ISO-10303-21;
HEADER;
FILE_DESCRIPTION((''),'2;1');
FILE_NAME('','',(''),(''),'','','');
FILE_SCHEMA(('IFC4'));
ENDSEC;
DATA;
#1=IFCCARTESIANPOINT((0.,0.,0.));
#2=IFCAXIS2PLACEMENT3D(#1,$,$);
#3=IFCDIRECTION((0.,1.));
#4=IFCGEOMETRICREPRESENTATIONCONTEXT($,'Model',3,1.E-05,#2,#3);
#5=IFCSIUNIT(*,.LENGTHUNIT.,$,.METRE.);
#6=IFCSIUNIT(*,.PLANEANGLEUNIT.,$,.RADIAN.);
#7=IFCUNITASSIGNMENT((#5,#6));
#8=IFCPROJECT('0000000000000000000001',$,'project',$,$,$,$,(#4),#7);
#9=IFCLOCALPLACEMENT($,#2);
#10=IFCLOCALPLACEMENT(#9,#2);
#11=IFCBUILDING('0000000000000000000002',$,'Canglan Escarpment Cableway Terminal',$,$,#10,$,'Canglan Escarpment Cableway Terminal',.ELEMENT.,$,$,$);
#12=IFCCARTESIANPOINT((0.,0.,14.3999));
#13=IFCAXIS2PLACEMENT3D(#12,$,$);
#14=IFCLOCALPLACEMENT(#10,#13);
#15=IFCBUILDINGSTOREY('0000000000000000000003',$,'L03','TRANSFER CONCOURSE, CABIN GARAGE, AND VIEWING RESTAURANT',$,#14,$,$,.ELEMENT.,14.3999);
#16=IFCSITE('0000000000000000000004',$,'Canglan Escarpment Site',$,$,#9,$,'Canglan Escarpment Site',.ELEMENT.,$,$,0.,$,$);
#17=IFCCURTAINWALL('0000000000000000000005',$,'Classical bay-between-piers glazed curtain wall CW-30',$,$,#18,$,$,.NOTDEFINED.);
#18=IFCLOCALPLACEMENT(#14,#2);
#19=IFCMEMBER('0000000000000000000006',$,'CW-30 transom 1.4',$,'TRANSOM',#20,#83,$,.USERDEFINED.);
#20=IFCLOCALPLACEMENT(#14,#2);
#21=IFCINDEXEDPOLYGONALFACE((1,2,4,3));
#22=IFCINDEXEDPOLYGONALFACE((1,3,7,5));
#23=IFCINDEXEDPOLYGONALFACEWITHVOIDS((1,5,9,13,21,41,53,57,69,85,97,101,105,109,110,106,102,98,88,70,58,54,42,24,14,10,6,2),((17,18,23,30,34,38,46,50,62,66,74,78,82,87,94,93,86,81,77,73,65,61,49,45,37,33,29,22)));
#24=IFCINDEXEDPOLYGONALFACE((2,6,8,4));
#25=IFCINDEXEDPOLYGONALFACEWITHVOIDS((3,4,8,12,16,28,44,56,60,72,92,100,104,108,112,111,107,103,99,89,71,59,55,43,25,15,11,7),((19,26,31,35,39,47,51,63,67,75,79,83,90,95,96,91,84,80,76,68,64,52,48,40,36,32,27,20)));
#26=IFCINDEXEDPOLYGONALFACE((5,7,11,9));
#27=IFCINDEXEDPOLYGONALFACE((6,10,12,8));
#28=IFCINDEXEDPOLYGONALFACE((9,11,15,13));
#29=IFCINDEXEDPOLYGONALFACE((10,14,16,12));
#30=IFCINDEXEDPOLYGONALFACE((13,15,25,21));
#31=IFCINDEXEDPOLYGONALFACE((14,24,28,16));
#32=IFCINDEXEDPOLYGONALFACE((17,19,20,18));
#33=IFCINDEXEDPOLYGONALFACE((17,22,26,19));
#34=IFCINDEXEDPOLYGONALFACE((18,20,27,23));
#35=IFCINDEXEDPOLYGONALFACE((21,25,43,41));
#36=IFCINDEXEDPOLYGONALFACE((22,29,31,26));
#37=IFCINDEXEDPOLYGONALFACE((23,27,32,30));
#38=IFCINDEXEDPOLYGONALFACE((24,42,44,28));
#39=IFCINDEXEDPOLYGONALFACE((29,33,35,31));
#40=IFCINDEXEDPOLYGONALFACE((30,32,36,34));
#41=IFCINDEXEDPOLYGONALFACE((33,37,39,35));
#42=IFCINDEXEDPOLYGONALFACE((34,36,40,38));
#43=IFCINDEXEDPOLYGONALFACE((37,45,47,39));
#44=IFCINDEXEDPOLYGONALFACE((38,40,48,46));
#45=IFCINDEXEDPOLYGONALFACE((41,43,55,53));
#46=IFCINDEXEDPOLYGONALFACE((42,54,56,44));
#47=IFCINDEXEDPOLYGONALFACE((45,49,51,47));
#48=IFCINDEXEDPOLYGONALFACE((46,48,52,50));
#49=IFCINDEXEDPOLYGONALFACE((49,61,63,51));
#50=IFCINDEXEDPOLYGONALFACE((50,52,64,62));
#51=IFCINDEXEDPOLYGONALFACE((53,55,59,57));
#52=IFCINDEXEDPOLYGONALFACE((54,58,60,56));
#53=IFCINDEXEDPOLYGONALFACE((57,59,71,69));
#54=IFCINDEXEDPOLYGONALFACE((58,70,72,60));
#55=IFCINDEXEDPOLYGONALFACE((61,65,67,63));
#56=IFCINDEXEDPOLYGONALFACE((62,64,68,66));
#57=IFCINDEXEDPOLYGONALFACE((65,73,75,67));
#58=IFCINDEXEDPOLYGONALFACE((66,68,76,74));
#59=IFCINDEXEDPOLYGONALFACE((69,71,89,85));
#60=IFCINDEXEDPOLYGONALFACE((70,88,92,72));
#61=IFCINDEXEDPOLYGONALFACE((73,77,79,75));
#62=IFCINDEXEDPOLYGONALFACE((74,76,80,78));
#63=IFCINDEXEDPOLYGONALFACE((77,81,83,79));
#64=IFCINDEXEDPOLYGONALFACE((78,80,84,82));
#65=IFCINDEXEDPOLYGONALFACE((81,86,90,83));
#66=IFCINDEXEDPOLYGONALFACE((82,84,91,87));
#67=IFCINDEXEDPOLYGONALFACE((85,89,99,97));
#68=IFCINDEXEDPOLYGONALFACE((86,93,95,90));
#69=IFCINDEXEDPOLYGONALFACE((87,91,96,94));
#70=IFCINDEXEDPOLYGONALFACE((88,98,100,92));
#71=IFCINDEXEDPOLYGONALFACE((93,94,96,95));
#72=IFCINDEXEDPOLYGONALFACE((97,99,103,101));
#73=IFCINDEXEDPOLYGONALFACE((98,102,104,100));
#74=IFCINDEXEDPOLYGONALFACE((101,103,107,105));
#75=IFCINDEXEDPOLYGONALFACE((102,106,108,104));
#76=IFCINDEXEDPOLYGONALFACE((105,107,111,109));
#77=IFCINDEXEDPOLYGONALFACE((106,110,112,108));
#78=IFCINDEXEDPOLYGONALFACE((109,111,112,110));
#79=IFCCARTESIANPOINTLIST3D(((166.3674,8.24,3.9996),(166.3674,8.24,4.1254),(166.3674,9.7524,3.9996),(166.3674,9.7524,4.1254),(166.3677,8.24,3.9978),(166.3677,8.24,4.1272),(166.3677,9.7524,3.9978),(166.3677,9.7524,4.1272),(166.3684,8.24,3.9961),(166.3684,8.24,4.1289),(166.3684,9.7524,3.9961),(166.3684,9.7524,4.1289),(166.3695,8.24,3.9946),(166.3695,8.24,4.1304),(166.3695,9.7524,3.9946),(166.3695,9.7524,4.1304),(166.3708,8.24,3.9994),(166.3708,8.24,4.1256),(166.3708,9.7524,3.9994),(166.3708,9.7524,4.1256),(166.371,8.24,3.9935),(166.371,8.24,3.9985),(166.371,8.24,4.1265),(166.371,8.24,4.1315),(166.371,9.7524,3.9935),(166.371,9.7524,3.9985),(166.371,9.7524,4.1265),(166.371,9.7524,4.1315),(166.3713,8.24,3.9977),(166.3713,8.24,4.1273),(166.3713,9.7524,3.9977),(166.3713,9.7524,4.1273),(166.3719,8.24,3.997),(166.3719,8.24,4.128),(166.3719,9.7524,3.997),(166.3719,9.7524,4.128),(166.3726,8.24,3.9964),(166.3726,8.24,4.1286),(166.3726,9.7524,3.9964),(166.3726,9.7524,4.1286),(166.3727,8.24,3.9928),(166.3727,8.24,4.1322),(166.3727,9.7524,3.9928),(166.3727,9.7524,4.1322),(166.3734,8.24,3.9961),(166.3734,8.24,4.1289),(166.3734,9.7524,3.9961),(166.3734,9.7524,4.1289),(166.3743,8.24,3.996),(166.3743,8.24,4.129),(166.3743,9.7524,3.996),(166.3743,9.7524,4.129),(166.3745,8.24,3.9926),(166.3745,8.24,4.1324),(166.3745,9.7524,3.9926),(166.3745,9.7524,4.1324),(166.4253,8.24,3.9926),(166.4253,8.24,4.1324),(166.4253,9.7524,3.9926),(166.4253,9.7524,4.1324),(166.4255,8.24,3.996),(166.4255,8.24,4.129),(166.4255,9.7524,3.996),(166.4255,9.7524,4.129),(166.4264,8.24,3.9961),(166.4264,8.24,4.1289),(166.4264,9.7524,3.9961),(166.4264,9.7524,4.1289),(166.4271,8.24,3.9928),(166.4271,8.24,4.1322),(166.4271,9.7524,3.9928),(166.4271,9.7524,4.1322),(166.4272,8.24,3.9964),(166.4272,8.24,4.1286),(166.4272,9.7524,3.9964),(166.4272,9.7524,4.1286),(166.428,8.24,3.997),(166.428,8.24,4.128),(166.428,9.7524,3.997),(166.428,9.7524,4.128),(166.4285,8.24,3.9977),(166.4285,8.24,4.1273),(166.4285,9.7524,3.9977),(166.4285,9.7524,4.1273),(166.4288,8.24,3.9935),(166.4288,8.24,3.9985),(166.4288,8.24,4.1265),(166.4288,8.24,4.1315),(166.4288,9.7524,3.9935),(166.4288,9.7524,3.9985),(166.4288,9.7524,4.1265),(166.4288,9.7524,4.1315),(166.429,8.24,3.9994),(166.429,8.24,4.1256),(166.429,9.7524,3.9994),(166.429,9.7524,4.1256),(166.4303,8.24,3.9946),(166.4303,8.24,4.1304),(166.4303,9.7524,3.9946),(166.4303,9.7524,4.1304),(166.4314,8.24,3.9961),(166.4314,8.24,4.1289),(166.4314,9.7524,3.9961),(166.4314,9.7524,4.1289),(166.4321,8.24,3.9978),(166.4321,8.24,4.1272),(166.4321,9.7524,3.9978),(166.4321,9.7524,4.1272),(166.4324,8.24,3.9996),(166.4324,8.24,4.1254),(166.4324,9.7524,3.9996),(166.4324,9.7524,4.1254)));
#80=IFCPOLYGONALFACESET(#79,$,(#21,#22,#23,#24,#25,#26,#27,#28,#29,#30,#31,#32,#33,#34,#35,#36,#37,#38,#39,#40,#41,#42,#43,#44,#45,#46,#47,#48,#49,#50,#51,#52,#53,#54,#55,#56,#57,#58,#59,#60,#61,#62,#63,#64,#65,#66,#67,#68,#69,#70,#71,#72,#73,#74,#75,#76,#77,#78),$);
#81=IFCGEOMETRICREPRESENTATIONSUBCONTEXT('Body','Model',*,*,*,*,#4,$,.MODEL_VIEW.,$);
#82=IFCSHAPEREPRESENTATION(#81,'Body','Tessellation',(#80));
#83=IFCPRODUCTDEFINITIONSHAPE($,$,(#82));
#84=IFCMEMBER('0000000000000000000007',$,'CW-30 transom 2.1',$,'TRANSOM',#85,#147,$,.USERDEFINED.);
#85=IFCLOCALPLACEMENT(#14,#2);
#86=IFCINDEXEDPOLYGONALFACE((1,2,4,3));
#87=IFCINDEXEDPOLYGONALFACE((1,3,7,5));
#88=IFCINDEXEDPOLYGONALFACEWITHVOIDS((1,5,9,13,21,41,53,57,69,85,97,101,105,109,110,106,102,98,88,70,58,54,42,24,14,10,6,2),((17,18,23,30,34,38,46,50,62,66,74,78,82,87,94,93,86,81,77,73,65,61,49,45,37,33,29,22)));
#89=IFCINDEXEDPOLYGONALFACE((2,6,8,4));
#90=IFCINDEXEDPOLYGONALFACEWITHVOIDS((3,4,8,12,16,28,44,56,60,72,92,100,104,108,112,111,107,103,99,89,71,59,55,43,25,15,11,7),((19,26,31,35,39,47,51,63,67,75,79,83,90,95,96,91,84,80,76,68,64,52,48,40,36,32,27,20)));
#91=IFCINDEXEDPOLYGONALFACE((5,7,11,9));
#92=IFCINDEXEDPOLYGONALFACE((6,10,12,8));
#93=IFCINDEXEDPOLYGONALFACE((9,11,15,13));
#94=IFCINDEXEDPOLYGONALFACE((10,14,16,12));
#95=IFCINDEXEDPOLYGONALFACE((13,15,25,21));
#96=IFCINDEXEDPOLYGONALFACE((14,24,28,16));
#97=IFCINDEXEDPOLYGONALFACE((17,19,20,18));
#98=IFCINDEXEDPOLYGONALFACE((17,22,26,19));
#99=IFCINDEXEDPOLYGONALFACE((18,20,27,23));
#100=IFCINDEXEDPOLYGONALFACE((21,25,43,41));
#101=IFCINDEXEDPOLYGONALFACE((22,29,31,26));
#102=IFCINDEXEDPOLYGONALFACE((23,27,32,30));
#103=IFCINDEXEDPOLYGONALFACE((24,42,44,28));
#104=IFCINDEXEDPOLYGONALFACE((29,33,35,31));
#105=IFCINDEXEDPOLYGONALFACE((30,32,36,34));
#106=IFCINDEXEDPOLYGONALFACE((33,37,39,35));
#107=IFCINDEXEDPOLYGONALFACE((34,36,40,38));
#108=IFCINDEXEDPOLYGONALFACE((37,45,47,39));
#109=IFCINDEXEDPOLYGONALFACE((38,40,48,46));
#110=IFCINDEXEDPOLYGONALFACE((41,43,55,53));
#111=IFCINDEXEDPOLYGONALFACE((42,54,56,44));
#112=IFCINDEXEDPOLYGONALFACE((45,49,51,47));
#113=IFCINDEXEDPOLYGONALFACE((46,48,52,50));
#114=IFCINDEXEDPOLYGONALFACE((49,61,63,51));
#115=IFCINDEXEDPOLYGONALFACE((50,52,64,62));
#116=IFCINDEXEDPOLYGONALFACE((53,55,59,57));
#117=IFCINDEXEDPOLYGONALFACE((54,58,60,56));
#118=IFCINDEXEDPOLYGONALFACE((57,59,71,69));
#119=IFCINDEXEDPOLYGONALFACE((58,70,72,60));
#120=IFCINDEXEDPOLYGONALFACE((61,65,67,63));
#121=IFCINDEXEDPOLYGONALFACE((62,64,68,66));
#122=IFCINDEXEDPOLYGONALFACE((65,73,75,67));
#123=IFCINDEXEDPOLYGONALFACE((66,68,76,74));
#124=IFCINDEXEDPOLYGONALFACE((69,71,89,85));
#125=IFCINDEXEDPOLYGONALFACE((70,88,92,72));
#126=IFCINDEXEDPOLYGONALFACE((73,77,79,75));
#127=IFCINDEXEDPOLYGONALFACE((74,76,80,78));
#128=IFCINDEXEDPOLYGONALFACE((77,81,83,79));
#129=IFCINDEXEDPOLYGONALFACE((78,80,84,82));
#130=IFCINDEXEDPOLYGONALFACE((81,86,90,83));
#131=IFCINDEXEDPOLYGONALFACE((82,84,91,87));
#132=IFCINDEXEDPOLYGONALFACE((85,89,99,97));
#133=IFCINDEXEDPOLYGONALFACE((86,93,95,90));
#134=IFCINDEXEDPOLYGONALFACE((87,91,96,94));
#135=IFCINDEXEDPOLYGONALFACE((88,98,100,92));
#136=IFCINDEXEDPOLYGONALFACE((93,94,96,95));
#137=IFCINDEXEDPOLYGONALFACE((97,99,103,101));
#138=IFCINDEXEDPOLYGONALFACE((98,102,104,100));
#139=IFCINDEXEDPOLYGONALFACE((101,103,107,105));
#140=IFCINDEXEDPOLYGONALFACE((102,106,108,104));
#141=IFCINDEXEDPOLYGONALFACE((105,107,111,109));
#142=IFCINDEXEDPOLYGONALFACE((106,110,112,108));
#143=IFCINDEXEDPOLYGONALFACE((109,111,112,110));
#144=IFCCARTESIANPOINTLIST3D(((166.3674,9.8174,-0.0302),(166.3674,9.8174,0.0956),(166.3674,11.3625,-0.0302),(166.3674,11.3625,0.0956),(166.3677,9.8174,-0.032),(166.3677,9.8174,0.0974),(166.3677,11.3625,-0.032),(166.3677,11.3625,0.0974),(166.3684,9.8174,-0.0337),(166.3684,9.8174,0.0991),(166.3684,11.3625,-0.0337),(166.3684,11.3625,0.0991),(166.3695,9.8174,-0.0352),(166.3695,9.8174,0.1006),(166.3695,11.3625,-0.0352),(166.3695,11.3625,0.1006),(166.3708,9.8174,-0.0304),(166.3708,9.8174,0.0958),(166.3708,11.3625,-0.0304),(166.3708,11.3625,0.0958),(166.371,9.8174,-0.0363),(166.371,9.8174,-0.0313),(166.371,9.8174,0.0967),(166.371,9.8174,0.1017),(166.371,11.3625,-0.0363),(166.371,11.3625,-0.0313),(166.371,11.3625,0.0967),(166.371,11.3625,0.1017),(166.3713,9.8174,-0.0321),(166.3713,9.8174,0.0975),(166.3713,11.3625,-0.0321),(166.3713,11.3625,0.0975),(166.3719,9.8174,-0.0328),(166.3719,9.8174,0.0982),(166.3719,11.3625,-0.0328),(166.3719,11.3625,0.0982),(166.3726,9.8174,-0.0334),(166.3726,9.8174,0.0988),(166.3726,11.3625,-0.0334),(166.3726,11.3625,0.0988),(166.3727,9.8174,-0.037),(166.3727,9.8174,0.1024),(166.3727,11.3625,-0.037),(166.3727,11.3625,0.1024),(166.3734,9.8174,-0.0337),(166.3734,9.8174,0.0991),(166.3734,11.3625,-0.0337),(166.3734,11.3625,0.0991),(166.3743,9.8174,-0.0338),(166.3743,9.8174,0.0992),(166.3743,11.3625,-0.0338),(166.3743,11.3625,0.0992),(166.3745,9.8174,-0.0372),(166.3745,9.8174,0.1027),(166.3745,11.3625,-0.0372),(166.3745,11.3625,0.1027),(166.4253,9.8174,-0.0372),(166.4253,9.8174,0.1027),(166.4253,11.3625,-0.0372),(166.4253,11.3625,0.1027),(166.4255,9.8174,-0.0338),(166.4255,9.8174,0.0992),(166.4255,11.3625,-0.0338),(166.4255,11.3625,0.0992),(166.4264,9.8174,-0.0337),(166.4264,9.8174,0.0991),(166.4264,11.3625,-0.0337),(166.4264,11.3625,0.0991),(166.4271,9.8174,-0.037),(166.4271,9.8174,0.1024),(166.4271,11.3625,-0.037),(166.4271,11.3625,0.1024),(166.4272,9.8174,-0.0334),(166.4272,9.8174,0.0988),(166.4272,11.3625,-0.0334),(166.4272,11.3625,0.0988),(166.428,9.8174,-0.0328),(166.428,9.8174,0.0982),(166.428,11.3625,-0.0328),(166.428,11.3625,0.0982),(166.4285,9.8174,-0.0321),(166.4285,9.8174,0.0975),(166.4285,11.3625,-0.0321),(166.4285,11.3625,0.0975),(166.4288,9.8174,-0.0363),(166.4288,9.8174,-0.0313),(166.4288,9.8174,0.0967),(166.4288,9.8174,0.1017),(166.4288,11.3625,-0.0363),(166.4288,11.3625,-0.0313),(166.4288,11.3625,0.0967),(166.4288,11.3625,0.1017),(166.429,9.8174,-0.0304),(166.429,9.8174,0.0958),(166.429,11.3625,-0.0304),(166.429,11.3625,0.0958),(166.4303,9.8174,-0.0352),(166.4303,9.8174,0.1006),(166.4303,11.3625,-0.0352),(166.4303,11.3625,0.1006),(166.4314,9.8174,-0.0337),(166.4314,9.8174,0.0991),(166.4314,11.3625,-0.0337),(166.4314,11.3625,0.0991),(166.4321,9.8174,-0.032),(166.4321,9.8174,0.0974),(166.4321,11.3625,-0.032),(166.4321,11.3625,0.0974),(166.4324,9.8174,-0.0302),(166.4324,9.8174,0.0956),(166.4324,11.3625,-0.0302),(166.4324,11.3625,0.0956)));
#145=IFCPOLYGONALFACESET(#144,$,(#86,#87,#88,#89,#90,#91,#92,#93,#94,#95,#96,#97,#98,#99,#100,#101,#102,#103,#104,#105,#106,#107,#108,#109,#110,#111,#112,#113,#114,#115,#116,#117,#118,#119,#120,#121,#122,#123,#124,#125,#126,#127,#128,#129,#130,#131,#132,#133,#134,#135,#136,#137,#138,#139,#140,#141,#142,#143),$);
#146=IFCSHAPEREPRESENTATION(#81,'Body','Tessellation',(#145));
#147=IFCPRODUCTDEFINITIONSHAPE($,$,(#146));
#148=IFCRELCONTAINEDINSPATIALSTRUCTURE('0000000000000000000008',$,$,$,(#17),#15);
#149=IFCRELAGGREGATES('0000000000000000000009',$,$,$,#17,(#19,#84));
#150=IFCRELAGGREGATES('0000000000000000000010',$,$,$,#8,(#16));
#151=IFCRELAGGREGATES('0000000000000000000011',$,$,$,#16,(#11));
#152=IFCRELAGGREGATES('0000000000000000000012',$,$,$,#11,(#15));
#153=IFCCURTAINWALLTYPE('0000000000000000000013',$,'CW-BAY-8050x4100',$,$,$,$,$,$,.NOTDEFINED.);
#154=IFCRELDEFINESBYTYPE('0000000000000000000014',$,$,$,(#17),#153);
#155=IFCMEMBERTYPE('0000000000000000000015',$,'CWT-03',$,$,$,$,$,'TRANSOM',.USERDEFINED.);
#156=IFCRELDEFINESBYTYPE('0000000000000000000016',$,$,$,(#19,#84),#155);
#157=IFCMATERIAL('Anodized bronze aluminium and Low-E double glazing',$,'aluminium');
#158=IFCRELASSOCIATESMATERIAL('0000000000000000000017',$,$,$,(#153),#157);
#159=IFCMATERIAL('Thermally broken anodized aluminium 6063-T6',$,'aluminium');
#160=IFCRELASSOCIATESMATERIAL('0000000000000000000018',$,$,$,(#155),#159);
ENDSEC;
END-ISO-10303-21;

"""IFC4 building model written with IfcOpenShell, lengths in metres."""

from ifc_helpers import new_model, si_unit, direction, frame, origin, origin_2d, place, context, subcontext, project, spatial, hollow_rectangle, extrude, material, material_profile, profile_set, type_object, element, aggregate, save


model = new_model("IFC4")

# Units and contexts
model_context = context("Model", 3, precision=1e-05, world=origin(), true_north=direction((0.0, 1.0)))
body_context = subcontext(model_context, "Body", "Model", "MODEL_VIEW")
ifc_project = project(units=[si_unit("LENGTHUNIT", "METRE"), si_unit("PLANEANGLEUNIT", "RADIAN")], contexts=[model_context])

# Site, building, storey
site_placement = place(None, origin())
site = spatial("IfcSite", under=ifc_project, at=site_placement, Name="Canglan Escarpment Site", LongName="Canglan Escarpment Site", CompositionType="ELEMENT", RefElevation=0.0)
building_placement = place(site_placement, origin())
building = spatial("IfcBuilding", under=site, at=building_placement, Name="Canglan Escarpment Cableway Terminal", LongName="Canglan Escarpment Cableway Terminal", CompositionType="ELEMENT")
storey_placement = place(building_placement, frame((0.0, 0.0, 14.3999)))
storey = spatial("IfcBuildingStorey", under=building, at=storey_placement, Name="L03", Description="TRANSFER CONCOURSE, CABIN GARAGE, AND VIEWING RESTAURANT", CompositionType="ELEMENT", Elevation=14.3999)

# Shared definitions
ifc_material_1 = material(Name="Anodized bronze aluminium and Low-E double glazing", Category="aluminium")
ifc_material_2 = material(Name="Thermally broken anodized aluminium 6063-T6", Category="aluminium")

# Curtain wall, members
curtain_wall_type_1 = type_object("IfcCurtainWallType", Name="CW-BAY-8050x4100", PredefinedType="NOTDEFINED", material=ifc_material_1)
curtain_wall_1_placement = place(storey_placement, origin())
curtain_wall_1 = element("IfcCurtainWall", 1, at=curtain_wall_1_placement, inside=storey, type_object=curtain_wall_type_1, Name="Classical bay-between-piers glazed curtain wall CW-30", PredefinedType="NOTDEFINED")
ifc_material_profile_1 = material_profile(ifc_material_2, hollow_rectangle(XDim=0.0649, YDim=0.1399, WallThickness=0.0034, InnerFilletRadius=0.0034, OuterFilletRadius=0.0071, at=origin_2d()), Name="ALU-TRAN 65x140x3.5")
ifc_profile_set_1 = profile_set([ifc_material_profile_1], Name="Thermally broken anodized aluminium 6063-T6")
member_type_1 = type_object("IfcMemberType", Name="CWT-03", ElementType="TRANSOM", PredefinedType="USERDEFINED", material=ifc_profile_set_1)
member_1_placement = place(storey_placement, frame((166.3999, 8.24, 4.0625), z_axis=(0.0, 1.0, 0.0), x_axis=(-1.0, 0.0, 0.0)))
member_1 = element("IfcMember", 2, at=member_1_placement, type_object=member_type_1, Name="CW-30 transom 1.4", ObjectType="TRANSOM", PredefinedType="USERDEFINED", context=body_context, shape_type="SweptSolid", body=[
    extrude(hollow_rectangle(XDim=0.0649, YDim=0.1399, WallThickness=0.0034, InnerFilletRadius=0.0034, OuterFilletRadius=0.0071, at=origin_2d()), origin(), (0.0, 0.0, 1.0), 1.5125),
])
member_2_placement = place(storey_placement, frame((166.3999, 9.8174, 0.0327), z_axis=(0.0, 1.0, 0.0), x_axis=(-1.0, 0.0, 0.0)))
member_2 = element("IfcMember", 3, at=member_2_placement, type_object=member_type_1, Name="CW-30 transom 2.1", ObjectType="TRANSOM", PredefinedType="USERDEFINED", context=body_context, shape_type="SweptSolid", body=[
    extrude(hollow_rectangle(XDim=0.0649, YDim=0.1399, WallThickness=0.0034, InnerFilletRadius=0.0034, OuterFilletRadius=0.0071, at=origin_2d()), origin(), (0.0, 0.0, 1.0), 1.5452),
])
aggregate(curtain_wall_1, [member_1, member_2])

save(model, "model.ifc")
